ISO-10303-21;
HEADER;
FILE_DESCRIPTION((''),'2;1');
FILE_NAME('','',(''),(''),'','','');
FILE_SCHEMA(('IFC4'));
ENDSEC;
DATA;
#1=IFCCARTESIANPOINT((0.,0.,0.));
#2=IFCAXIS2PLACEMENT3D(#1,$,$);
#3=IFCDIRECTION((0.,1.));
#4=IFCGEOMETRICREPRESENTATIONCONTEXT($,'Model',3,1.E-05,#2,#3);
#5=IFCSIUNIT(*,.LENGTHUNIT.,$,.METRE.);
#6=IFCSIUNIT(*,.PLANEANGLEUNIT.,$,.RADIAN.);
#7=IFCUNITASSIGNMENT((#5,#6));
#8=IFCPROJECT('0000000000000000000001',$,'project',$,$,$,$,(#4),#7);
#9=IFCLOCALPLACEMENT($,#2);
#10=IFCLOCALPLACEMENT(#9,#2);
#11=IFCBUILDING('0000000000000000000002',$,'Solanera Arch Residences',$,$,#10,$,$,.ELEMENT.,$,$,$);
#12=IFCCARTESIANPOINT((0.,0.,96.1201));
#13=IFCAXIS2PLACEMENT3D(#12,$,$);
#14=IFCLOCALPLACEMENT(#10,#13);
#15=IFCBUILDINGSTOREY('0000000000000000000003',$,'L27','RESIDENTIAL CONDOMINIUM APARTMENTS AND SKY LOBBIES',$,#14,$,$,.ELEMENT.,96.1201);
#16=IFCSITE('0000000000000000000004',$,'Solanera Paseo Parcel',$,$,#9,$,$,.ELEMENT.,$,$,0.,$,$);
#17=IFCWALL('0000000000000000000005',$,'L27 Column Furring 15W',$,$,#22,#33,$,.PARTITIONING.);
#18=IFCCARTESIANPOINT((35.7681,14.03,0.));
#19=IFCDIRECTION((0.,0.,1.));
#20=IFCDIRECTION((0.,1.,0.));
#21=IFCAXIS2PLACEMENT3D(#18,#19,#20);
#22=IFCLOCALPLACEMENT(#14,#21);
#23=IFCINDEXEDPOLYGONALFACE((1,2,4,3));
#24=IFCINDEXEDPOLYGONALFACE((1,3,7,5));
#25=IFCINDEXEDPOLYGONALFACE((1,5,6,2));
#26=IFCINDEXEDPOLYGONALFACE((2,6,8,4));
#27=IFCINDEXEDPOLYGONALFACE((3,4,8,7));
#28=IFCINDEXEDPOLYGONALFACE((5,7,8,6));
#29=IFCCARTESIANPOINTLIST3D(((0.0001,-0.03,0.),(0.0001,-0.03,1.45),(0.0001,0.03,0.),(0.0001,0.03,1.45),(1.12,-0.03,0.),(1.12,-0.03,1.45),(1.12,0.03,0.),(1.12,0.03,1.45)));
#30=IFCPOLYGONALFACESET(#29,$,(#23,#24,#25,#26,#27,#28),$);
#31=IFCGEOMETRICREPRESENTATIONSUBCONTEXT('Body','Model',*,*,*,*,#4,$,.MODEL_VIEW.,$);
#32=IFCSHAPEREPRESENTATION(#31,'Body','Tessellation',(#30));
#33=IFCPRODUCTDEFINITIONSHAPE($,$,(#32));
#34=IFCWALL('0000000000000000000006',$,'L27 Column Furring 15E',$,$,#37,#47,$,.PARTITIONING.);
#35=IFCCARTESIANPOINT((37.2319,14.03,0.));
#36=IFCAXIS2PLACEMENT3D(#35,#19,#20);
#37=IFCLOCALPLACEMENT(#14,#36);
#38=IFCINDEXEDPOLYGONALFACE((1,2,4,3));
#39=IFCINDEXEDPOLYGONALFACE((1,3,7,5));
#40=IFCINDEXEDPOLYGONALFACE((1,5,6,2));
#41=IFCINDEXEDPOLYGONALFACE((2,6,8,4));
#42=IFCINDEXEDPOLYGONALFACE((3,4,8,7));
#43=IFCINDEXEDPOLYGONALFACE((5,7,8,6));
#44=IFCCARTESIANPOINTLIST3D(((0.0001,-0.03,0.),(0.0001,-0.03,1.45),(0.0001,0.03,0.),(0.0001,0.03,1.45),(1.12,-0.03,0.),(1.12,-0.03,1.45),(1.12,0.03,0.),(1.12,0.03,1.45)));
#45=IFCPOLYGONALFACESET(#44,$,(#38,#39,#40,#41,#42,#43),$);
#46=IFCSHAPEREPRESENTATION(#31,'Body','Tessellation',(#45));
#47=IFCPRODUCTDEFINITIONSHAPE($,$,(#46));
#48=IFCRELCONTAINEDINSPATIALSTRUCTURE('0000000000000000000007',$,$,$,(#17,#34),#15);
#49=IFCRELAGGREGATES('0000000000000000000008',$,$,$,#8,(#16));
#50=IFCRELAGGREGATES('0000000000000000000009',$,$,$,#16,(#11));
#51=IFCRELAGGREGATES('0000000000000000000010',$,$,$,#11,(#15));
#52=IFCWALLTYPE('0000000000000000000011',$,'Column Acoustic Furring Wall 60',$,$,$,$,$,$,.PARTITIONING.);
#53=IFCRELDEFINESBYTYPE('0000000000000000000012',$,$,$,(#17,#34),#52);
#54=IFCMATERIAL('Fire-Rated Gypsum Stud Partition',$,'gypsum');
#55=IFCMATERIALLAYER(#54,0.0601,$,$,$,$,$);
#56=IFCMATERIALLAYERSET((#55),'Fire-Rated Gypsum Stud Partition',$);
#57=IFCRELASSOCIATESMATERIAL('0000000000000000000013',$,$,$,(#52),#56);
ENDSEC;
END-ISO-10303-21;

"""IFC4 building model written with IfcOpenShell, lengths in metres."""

from ifc_helpers import new_model, si_unit, direction, frame, frame_2d, origin, place, context, subcontext, project, spatial, rectangle, extrude, material, layer, layer_set, type_object, element, save


model = new_model("IFC4")

# Units and contexts
model_context = context("Model", 3, precision=1e-05, world=origin(), true_north=direction((0.0, 1.0)))
body_context = subcontext(model_context, "Body", "Model", "MODEL_VIEW")
ifc_project = project(units=[si_unit("LENGTHUNIT", "METRE"), si_unit("PLANEANGLEUNIT", "RADIAN")], contexts=[model_context])

# Site, building, storey
site_placement = place(None, origin())
site = spatial("IfcSite", under=ifc_project, at=site_placement, Name="Solanera Paseo Parcel", CompositionType="ELEMENT", RefElevation=0.0)
building_placement = place(site_placement, origin())
building = spatial("IfcBuilding", under=site, at=building_placement, Name="Solanera Arch Residences", CompositionType="ELEMENT")
storey_placement = place(building_placement, frame((0.0, 0.0, 96.1201)))
storey = spatial("IfcBuildingStorey", under=building, at=storey_placement, Name="L27", Description="RESIDENTIAL CONDOMINIUM APARTMENTS AND SKY LOBBIES", CompositionType="ELEMENT", Elevation=96.1201)

# Walls
ifc_material_1 = material(Name="Fire-Rated Gypsum Stud Partition", Category="gypsum")
ifc_layer_1 = layer(ifc_material_1, 0.0601)
ifc_layer_set_1 = layer_set([ifc_layer_1], Name="Fire-Rated Gypsum Stud Partition")
wall_type_1 = type_object("IfcWallType", Name="Column Acoustic Furring Wall 60", PredefinedType="PARTITIONING", material=ifc_layer_set_1)
for number, where, z_axis, x_axis, name in (
    (1, (35.7681, 14.03, 0.0), (0.0, 0.0, 1.0), (0.0, 1.0, 0.0), "L27 Column Furring 15W"),
    (2, (37.2319, 14.03, 0.0), (0.0, 0.0, 1.0), (0.0, 1.0, 0.0), "L27 Column Furring 15E"),
):
    element("IfcWall", number, at=place(storey_placement, frame(where, z_axis=z_axis, x_axis=x_axis)), inside=storey, type_object=wall_type_1, Name=name, PredefinedType="PARTITIONING", context=body_context, shape_type="SweptSolid", body=[
        extrude(rectangle(XDim=1.1199, YDim=0.0601, at=frame_2d((0.5601, 0.0))), origin(), (0.0, 0.0, 1.0), 1.45),
    ])

save(model, "model.ifc")
